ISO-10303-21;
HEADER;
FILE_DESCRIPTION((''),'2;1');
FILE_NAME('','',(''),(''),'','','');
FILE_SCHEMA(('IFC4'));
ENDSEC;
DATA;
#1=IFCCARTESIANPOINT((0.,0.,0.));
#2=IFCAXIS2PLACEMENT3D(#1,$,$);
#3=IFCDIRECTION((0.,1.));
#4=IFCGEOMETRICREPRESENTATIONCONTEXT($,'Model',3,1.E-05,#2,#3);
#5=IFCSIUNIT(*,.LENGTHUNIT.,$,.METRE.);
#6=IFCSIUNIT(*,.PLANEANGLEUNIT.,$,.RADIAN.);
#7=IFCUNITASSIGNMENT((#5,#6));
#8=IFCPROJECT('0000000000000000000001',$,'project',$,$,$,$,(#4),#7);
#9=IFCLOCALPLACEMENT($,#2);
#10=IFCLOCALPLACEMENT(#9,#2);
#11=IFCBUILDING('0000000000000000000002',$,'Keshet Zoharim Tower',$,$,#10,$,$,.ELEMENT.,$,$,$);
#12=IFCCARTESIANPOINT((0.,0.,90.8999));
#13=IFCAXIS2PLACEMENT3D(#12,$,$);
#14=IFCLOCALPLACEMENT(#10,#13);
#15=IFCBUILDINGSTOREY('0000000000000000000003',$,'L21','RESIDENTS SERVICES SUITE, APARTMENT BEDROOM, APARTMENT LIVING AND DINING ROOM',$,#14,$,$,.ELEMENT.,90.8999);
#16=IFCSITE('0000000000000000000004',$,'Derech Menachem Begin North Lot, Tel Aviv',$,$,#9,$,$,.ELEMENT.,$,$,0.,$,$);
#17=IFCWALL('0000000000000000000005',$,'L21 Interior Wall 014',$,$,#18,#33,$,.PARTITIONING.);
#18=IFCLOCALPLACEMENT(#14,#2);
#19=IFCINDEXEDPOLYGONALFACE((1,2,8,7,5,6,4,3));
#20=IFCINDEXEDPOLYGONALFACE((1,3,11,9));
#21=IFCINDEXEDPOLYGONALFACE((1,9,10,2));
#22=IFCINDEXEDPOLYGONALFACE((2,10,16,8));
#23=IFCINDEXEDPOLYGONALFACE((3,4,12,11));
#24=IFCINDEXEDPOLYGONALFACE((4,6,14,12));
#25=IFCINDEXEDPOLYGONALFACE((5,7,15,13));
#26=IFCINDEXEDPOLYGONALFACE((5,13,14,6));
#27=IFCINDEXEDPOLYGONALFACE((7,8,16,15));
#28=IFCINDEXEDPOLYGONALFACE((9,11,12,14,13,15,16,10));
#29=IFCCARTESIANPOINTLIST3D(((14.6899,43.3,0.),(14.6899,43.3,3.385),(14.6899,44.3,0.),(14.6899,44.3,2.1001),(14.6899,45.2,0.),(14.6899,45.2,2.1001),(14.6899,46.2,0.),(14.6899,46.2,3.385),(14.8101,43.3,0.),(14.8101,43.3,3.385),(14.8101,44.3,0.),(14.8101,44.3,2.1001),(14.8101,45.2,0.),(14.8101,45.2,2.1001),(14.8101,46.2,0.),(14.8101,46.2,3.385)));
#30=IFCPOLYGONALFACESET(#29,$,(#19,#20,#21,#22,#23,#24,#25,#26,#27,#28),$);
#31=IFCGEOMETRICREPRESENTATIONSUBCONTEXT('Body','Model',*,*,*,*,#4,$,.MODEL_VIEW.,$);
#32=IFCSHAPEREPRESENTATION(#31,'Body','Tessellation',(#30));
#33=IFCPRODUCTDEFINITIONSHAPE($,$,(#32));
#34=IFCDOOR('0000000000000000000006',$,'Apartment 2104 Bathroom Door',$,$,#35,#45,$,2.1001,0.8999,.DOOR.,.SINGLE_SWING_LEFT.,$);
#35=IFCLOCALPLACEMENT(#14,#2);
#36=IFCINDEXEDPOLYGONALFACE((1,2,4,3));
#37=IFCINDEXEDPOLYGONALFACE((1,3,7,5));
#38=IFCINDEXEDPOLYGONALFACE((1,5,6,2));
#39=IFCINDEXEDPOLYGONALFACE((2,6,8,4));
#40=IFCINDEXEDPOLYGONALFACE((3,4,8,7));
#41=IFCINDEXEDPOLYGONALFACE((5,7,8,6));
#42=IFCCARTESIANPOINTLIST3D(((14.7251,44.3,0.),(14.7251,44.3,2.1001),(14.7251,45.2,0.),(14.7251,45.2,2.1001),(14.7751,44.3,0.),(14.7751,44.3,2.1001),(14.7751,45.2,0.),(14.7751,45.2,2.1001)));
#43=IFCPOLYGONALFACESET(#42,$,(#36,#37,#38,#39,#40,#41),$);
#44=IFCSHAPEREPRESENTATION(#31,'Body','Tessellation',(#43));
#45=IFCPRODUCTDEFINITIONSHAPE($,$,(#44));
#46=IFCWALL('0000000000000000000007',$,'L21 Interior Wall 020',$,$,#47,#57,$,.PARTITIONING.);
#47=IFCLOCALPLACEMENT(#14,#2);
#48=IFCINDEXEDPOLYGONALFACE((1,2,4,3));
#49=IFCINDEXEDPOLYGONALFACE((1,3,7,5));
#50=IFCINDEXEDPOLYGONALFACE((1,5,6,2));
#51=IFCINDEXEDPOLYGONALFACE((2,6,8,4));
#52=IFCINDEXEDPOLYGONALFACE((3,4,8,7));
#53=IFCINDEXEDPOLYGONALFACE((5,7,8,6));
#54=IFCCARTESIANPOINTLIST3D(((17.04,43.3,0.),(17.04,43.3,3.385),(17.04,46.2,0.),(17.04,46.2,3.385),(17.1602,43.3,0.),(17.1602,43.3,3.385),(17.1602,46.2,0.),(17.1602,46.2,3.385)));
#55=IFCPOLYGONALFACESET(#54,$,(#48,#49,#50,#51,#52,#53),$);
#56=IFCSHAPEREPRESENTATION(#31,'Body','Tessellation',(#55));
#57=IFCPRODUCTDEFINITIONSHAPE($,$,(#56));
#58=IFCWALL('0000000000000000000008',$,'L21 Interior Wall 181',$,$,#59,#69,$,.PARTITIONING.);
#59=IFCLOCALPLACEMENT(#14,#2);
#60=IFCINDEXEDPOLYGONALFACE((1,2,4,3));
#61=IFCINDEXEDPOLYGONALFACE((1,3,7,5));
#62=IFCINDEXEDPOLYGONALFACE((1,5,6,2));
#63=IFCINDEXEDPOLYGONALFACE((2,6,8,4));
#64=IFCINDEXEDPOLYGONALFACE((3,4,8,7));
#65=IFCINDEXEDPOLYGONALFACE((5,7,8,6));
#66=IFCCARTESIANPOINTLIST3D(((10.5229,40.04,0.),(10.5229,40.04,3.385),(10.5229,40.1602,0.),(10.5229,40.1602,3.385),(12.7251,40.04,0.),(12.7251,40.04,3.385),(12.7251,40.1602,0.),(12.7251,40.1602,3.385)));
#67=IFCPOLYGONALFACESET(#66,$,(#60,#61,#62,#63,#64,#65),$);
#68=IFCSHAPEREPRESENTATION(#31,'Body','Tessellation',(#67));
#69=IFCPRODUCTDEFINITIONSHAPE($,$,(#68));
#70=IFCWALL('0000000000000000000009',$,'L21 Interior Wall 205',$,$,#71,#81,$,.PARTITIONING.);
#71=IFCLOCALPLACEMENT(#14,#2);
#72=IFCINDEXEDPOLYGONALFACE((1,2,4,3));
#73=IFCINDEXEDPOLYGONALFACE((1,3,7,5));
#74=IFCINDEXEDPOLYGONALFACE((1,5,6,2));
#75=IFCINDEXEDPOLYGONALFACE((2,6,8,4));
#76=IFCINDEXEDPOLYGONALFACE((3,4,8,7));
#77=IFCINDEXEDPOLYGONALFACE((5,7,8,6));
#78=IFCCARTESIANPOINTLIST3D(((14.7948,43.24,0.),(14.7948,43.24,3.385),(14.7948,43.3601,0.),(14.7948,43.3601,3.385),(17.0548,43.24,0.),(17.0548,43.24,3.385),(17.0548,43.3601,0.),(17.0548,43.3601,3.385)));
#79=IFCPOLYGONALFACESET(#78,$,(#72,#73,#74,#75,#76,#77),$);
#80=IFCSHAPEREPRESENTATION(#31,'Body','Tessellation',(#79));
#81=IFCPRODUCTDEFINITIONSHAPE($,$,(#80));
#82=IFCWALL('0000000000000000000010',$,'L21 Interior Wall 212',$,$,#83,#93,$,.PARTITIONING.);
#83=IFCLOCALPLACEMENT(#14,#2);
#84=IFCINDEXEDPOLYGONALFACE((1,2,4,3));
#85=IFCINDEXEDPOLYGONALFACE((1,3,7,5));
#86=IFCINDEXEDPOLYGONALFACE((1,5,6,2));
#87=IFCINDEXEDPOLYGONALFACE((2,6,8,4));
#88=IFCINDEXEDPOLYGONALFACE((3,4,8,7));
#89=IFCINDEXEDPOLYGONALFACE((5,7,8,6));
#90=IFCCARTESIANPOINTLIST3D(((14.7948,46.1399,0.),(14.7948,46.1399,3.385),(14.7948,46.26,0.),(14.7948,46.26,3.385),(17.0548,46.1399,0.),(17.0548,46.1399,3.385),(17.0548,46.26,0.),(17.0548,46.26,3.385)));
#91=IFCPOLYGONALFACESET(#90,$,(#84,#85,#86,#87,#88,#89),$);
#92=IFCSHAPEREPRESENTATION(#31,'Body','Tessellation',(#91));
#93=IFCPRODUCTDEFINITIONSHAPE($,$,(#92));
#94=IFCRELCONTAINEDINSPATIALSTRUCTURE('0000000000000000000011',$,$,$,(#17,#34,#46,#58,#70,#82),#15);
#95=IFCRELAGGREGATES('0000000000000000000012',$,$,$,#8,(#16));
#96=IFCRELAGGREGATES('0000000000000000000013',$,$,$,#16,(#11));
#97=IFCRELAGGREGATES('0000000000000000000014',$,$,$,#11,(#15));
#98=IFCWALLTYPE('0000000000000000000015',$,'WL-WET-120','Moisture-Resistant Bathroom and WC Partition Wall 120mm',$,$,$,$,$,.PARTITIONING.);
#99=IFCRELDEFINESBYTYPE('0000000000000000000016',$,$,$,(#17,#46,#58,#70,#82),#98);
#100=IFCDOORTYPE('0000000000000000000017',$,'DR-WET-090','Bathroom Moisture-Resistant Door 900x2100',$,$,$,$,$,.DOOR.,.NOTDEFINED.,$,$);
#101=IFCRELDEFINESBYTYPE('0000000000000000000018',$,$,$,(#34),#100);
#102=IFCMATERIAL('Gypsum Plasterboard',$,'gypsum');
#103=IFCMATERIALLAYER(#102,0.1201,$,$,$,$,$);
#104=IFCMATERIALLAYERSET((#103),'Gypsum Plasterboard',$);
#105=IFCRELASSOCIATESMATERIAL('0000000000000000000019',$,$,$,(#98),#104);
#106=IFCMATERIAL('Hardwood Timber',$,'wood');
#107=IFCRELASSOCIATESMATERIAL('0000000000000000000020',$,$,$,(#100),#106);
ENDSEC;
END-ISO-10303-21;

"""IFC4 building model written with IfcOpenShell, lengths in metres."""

from ifc_helpers import new_model, si_unit, direction, frame, frame_2d, origin, place, context, subcontext, project, spatial, rectangle, extrude, material, layer, layer_set, type_object, element, fill, save


model = new_model("IFC4")

# Units and contexts
model_context = context("Model", 3, precision=1e-05, world=origin(), true_north=direction((0.0, 1.0)))
body_context = subcontext(model_context, "Body", "Model", "MODEL_VIEW")
ifc_project = project(units=[si_unit("LENGTHUNIT", "METRE"), si_unit("PLANEANGLEUNIT", "RADIAN")], contexts=[model_context])

# Site, building, storey
site_placement = place(None, origin())
site = spatial("IfcSite", under=ifc_project, at=site_placement, Name="Derech Menachem Begin North Lot, Tel Aviv", CompositionType="ELEMENT", RefElevation=0.0)
building_placement = place(site_placement, origin())
building = spatial("IfcBuilding", under=site, at=building_placement, Name="Keshet Zoharim Tower", CompositionType="ELEMENT")
storey_placement = place(building_placement, frame((0.0, 0.0, 90.8999)))
storey = spatial("IfcBuildingStorey", under=building, at=storey_placement, Name="L21", Description="RESIDENTS SERVICES SUITE, APARTMENT BEDROOM, APARTMENT LIVING AND DINING ROOM", CompositionType="ELEMENT", Elevation=90.8999)

# Shared definitions
ifc_material_1 = material(Name="Gypsum Plasterboard", Category="gypsum")

# Shared definitions
ifc_material_2 = material(Name="Hardwood Timber", Category="wood")

# Wall, opening, door
ifc_layer_1 = layer(ifc_material_1, 0.1201)
ifc_layer_set_1 = layer_set([ifc_layer_1], Name="Gypsum Plasterboard")
wall_type_1 = type_object("IfcWallType", Name="WL-WET-120", Description="Moisture-Resistant Bathroom and WC Partition Wall 120mm", PredefinedType="PARTITIONING", material=ifc_layer_set_1)
wall_1_placement = place(storey_placement, frame((14.75, 43.3, 0.0), z_axis=(0.0, 0.0, 1.0), x_axis=(0.0, 1.0, 0.0)))
wall_1 = element("IfcWall", 1, at=wall_1_placement, inside=storey, type_object=wall_type_1, Name="L21 Interior Wall 014", PredefinedType="PARTITIONING", context=body_context, shape_type="SweptSolid", body=[
    extrude(rectangle(XDim=2.8999, YDim=0.1201, at=frame_2d((1.45, 0.0))), origin(), (0.0, 0.0, 1.0), 3.385),
])
opening_1_placement = place(wall_1_placement, frame((1.0, 0.0, 0.0)))
opening_1 = element("IfcOpeningElement", 2, at=opening_1_placement, cuts=wall_1, PredefinedType="OPENING", context=body_context, shape_type="SweptSolid", body=[
    extrude(rectangle(XDim=0.8999, YDim=2.1001, at=frame_2d((0.45, 1.05))), frame((0.0, 0.0701, 0.0), z_axis=(0.0, -1.0, 0.0), x_axis=(1.0, 0.0, 0.0)), (0.0, 0.0, 1.0), 0.1401),
])
door_type_1 = type_object("IfcDoorType", Name="DR-WET-090", Description="Bathroom Moisture-Resistant Door 900x2100", OperationType="NOTDEFINED", PredefinedType="DOOR", material=ifc_material_2)
door_1_placement = place(opening_1_placement, origin())
door_1 = element("IfcDoor", 3, at=door_1_placement, inside=storey, type_object=door_type_1, Name="Apartment 2104 Bathroom Door", OperationType="SINGLE_SWING_LEFT", OverallHeight=2.1001, OverallWidth=0.8999, PredefinedType="DOOR", context=body_context, shape_type="SweptSolid", body=[
    extrude(rectangle(XDim=0.8999, YDim=2.1001, at=frame_2d((0.45, 1.05))), frame((0.0, 0.0249, 0.0), z_axis=(0.0, -1.0, 0.0), x_axis=(1.0, 0.0, 0.0)), (0.0, 0.0, 1.0), 0.05),
])
fill(opening_1, door_1)

# Walls
wall_2_placement = place(storey_placement, frame((17.1001, 43.3, 0.0), z_axis=(0.0, 0.0, 1.0), x_axis=(0.0, 1.0, 0.0)))
element("IfcWall", 4, at=wall_2_placement, inside=storey, type_object=wall_type_1, Name="L21 Interior Wall 020", PredefinedType="PARTITIONING", context=body_context, shape_type="SweptSolid", body=[
    extrude(rectangle(XDim=2.8999, YDim=0.1201, at=frame_2d((1.45, 0.0))), origin(), (0.0, 0.0, 1.0), 3.385),
])
wall_3_placement = place(storey_placement, frame((10.5229, 40.1001, 0.0), z_axis=(0.0, 0.0, 1.0), x_axis=(1.0, 0.0, 0.0)))
element("IfcWall", 5, at=wall_3_placement, inside=storey, type_object=wall_type_1, Name="L21 Interior Wall 181", PredefinedType="PARTITIONING", context=body_context, shape_type="SweptSolid", body=[
    extrude(rectangle(XDim=2.2021, YDim=0.1201, at=frame_2d((1.1011, 0.0))), origin(), (0.0, 0.0, 1.0), 3.385),
])
for number, where, z_axis, x_axis, name in (
    (6, (14.7949, 43.3, 0.0), (0.0, 0.0, 1.0), (1.0, 0.0, 0.0), "L21 Interior Wall 205"),
    (7, (14.7949, 46.2, 0.0), (0.0, 0.0, 1.0), (1.0, 0.0, 0.0), "L21 Interior Wall 212"),
):
    element("IfcWall", number, at=place(storey_placement, frame(where, z_axis=z_axis, x_axis=x_axis)), inside=storey, type_object=wall_type_1, Name=name, PredefinedType="PARTITIONING", context=body_context, shape_type="SweptSolid", body=[
        extrude(rectangle(XDim=2.26, YDim=0.1201, at=frame_2d((1.1299, 0.0))), origin(), (0.0, 0.0, 1.0), 3.385),
    ])

save(model, "model.ifc")
